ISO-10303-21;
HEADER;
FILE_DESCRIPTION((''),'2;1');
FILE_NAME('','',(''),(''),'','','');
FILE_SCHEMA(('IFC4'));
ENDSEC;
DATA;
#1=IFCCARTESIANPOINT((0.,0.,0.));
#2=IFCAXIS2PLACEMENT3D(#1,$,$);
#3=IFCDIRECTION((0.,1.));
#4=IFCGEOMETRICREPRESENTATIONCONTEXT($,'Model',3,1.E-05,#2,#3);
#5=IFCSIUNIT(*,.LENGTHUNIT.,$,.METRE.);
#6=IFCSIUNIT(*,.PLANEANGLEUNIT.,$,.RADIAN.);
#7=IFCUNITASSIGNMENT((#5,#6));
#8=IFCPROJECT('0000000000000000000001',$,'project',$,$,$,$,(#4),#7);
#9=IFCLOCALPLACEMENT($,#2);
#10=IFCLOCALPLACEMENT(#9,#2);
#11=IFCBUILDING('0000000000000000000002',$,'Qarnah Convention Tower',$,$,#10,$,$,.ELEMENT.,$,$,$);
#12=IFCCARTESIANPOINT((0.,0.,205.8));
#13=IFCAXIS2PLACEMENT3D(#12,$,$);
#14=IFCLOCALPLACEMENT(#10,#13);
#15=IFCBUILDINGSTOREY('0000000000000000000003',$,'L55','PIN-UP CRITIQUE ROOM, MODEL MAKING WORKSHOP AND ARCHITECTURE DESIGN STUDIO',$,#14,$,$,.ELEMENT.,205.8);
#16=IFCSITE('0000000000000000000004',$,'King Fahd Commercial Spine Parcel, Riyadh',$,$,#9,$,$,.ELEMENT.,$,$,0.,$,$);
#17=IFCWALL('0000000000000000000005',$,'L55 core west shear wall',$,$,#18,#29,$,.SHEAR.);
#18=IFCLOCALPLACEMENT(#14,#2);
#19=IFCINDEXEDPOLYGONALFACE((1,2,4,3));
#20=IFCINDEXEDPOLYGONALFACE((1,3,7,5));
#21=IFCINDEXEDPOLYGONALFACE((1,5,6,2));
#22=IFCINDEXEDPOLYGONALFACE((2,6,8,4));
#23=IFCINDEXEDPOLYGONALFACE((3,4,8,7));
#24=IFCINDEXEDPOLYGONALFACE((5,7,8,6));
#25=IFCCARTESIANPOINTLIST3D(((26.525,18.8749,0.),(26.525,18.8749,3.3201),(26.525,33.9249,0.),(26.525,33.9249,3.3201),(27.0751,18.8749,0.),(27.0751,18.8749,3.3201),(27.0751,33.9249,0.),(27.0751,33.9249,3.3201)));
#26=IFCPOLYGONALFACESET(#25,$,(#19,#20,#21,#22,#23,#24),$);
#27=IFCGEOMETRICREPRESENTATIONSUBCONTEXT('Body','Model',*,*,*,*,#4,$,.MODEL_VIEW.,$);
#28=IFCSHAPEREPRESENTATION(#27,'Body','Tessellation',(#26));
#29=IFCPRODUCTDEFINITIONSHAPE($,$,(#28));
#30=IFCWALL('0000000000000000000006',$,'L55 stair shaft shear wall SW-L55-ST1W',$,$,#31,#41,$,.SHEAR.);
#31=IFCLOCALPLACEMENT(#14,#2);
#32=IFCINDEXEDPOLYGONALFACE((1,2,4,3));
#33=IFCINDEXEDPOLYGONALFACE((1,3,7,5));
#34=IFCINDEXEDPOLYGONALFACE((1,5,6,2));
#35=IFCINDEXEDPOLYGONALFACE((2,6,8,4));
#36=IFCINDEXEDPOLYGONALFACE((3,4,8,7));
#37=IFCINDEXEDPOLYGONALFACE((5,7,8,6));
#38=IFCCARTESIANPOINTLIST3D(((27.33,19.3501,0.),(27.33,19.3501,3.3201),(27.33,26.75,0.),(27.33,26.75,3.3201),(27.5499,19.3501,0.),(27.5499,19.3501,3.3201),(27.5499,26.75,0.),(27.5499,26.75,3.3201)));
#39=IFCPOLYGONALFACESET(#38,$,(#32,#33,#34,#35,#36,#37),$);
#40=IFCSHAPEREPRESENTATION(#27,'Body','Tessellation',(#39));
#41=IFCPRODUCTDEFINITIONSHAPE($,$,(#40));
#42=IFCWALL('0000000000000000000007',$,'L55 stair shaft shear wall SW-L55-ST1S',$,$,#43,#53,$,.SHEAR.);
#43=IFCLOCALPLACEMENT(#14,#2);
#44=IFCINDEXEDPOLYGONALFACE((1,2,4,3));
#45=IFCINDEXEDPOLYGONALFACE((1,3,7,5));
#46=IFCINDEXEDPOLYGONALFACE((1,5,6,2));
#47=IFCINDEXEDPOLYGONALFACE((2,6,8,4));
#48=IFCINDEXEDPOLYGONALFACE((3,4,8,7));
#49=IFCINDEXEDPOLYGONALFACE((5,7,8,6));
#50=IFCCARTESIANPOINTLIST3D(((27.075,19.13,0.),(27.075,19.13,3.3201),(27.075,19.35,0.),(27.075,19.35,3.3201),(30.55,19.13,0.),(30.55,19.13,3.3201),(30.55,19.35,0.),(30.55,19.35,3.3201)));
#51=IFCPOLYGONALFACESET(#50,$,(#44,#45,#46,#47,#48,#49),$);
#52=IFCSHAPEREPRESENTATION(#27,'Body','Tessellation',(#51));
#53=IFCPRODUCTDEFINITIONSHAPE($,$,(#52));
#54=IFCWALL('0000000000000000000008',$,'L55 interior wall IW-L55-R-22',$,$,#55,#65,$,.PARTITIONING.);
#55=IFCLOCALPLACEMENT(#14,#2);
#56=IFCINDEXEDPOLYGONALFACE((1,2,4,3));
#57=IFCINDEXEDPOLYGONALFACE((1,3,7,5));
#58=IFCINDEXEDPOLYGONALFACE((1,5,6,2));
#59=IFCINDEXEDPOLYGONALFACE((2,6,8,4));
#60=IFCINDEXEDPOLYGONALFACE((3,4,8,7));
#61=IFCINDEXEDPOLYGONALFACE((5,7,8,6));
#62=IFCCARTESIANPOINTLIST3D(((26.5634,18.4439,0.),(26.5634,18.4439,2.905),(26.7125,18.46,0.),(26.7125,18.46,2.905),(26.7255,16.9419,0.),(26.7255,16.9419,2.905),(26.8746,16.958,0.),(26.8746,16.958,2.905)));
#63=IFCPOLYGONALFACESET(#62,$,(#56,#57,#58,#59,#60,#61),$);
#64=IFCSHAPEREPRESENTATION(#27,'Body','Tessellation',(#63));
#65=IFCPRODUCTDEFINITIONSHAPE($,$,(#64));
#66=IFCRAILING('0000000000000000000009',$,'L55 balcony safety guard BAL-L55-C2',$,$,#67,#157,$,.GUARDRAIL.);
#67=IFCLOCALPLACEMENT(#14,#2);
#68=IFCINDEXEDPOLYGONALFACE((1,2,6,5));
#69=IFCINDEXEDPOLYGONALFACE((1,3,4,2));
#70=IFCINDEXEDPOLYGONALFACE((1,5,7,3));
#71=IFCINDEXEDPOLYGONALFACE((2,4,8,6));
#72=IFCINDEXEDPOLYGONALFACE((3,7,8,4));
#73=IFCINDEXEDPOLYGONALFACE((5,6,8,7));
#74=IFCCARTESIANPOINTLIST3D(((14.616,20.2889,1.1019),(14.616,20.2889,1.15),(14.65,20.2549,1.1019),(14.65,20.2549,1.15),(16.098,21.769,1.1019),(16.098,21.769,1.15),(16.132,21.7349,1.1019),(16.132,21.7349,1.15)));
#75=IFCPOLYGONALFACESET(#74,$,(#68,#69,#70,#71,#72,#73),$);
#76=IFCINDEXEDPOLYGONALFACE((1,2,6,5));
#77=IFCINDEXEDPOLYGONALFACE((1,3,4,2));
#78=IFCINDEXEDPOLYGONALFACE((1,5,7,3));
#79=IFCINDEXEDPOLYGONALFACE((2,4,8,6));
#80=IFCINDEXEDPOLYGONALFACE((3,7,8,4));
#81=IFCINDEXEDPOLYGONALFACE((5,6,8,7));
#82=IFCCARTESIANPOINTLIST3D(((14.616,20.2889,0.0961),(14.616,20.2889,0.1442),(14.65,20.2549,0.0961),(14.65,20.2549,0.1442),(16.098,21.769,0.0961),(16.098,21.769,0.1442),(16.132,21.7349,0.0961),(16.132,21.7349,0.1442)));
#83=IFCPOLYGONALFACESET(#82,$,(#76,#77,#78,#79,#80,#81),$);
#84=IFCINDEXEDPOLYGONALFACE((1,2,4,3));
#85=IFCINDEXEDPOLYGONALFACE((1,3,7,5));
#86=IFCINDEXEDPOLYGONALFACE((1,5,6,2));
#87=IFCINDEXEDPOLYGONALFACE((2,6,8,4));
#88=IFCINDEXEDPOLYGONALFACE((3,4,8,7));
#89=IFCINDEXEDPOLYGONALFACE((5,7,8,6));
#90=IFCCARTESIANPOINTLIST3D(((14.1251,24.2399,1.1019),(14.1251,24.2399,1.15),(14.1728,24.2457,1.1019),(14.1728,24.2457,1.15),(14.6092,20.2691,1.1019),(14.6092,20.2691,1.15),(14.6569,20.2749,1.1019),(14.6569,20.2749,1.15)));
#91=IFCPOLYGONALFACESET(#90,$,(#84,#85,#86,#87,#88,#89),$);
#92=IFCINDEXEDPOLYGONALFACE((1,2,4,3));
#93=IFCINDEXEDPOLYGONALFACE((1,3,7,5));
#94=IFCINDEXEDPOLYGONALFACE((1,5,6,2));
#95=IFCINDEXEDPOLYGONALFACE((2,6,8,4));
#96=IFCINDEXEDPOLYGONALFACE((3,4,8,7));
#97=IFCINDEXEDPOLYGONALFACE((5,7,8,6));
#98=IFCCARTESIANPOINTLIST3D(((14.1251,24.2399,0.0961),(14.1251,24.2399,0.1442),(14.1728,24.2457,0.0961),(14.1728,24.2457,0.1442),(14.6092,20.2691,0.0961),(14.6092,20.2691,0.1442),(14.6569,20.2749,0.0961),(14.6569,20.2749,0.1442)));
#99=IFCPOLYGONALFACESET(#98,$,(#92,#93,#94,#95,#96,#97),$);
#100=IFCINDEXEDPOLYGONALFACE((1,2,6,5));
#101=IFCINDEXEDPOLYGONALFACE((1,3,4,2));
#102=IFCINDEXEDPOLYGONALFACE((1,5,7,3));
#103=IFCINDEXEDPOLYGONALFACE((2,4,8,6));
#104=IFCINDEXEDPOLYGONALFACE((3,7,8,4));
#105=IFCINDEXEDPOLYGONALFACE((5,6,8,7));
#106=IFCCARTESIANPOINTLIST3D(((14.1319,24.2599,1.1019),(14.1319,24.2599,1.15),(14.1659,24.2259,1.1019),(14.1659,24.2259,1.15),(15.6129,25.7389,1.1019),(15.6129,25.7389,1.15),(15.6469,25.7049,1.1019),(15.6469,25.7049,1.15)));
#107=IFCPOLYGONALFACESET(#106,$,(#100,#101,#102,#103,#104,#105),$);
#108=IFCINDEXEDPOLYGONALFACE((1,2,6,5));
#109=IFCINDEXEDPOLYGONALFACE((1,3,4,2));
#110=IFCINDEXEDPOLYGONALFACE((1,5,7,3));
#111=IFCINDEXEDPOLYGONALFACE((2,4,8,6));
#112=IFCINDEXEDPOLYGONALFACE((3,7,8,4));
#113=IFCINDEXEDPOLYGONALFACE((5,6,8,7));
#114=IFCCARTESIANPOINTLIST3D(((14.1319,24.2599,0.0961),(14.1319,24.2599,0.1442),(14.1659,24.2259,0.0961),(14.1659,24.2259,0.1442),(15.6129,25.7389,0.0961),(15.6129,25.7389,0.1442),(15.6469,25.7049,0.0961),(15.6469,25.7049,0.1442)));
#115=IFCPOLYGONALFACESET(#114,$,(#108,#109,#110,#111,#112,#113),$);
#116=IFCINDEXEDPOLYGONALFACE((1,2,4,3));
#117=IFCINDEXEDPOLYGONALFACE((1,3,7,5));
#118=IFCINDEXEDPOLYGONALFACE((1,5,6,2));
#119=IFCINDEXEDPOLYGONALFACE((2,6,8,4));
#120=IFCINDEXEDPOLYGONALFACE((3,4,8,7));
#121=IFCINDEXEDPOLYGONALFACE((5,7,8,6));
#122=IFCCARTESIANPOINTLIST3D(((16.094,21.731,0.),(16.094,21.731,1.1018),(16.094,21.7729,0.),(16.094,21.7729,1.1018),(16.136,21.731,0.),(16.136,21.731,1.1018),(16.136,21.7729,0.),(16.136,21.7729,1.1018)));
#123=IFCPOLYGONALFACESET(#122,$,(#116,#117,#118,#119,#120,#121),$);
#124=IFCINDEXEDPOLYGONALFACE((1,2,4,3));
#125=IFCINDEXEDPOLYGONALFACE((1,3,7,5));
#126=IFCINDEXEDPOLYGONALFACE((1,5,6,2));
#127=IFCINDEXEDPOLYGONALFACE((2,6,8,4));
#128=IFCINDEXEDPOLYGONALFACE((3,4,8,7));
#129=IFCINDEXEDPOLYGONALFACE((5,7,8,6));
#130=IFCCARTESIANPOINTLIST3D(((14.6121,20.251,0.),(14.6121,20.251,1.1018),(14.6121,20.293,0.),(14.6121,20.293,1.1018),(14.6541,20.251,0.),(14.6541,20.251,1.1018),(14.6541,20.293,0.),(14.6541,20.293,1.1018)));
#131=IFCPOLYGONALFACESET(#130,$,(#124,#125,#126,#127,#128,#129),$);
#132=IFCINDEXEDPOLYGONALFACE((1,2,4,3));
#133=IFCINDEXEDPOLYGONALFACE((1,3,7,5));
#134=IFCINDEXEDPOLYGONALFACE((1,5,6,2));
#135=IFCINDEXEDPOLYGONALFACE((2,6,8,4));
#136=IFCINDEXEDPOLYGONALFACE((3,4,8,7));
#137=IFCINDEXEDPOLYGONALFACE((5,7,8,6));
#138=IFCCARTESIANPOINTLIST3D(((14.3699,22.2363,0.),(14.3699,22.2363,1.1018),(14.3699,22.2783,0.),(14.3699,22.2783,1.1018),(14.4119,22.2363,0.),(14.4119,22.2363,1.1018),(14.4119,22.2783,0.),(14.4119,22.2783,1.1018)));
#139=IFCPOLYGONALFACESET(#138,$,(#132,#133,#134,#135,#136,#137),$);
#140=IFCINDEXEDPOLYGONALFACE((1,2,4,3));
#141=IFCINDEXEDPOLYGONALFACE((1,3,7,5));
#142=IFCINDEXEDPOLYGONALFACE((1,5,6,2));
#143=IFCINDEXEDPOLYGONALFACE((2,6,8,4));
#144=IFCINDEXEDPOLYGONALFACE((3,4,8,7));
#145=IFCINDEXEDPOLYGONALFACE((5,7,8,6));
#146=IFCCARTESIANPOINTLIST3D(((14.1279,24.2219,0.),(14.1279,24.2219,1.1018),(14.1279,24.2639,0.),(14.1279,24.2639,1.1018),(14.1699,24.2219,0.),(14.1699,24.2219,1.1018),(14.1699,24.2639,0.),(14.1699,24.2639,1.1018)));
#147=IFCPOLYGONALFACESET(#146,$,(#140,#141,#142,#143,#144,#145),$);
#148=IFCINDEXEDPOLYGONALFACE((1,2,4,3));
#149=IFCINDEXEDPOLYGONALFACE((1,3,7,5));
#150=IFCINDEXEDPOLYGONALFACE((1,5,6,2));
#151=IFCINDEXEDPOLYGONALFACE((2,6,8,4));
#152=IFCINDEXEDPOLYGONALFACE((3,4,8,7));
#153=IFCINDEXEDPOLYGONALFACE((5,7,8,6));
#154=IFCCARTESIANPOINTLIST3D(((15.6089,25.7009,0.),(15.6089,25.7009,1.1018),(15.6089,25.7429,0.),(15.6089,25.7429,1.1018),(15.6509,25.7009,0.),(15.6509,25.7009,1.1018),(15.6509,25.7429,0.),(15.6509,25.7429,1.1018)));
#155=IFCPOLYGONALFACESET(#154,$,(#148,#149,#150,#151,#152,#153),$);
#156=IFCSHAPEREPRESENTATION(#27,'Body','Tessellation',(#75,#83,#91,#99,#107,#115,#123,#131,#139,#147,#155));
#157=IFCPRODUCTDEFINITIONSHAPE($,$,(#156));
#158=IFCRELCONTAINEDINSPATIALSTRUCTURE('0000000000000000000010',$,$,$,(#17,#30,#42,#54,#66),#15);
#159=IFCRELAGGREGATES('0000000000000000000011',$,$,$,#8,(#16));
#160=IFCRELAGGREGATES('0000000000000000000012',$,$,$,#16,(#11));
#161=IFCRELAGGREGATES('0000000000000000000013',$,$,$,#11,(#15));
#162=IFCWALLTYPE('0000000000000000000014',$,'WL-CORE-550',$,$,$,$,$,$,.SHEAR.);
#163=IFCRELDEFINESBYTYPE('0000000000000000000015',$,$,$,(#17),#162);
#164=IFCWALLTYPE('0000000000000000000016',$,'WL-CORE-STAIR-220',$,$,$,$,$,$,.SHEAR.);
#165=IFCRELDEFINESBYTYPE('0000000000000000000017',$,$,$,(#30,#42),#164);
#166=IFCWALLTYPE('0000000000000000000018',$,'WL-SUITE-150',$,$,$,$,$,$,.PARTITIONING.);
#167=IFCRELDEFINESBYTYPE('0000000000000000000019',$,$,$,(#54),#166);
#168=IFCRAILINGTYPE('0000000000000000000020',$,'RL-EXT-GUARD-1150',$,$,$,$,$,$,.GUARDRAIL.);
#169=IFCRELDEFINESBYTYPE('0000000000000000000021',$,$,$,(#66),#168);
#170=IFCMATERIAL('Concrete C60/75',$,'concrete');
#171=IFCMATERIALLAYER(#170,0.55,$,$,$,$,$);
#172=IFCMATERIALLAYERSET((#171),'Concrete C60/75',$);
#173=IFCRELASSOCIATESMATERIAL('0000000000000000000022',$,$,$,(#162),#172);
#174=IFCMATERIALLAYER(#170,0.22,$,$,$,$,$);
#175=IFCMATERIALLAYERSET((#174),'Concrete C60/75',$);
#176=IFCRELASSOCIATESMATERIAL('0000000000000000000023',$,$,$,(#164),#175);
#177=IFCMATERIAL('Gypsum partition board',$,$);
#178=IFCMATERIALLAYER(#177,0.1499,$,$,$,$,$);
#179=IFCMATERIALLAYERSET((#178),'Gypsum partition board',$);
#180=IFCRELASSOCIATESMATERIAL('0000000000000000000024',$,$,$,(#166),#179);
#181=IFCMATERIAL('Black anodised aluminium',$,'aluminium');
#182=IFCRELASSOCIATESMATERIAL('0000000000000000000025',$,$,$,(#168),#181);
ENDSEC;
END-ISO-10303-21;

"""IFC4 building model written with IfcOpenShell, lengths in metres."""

from ifc_helpers import new_model, si_unit, direction, frame, frame_2d, origin, origin_2d, place, context, subcontext, project, spatial, rectangle, extrude, material, layer, layer_set, type_object, element, save


model = new_model("IFC4")

# Units and contexts
model_context = context("Model", 3, precision=1e-05, world=origin(), true_north=direction((0.0, 1.0)))
body_context = subcontext(model_context, "Body", "Model", "MODEL_VIEW")
ifc_project = project(units=[si_unit("LENGTHUNIT", "METRE"), si_unit("PLANEANGLEUNIT", "RADIAN")], contexts=[model_context])

# Site, building, storey
site_placement = place(None, origin())
site = spatial("IfcSite", under=ifc_project, at=site_placement, Name="King Fahd Commercial Spine Parcel, Riyadh", CompositionType="ELEMENT", RefElevation=0.0)
building_placement = place(site_placement, origin())
building = spatial("IfcBuilding", under=site, at=building_placement, Name="Qarnah Convention Tower", CompositionType="ELEMENT")
storey_placement = place(building_placement, frame((0.0, 0.0, 205.8)))
storey = spatial("IfcBuildingStorey", under=building, at=storey_placement, Name="L55", Description="PIN-UP CRITIQUE ROOM, MODEL MAKING WORKSHOP AND ARCHITECTURE DESIGN STUDIO", CompositionType="ELEMENT", Elevation=205.8)

# Shared definitions
ifc_material_1 = material(Name="Black anodised aluminium", Category="aluminium")

# Shared definitions
ifc_material_2 = material(Name="Concrete C60/75", Category="concrete")
ifc_layer_1 = layer(ifc_material_2, 0.55)
ifc_layer_set_1 = layer_set([ifc_layer_1], Name="Concrete C60/75")
wall_type_1 = type_object("IfcWallType", Name="WL-CORE-550", PredefinedType="SHEAR", material=ifc_layer_set_1)

# Walls
wall_1_placement = place(storey_placement, frame((26.8, 18.875, 0.0), z_axis=(0.0, 0.0, 1.0), x_axis=(0.0, 1.0, 0.0)))
element("IfcWall", 1, at=wall_1_placement, inside=storey, type_object=wall_type_1, Name="L55 core west shear wall", PredefinedType="SHEAR", context=body_context, shape_type="SweptSolid", body=[
    extrude(rectangle(XDim=15.05, YDim=0.55, at=frame_2d((7.5249, 0.0))), origin(), (0.0, 0.0, 1.0), 3.3201),
])
ifc_layer_2 = layer(ifc_material_2, 0.22)
ifc_layer_set_2 = layer_set([ifc_layer_2], Name="Concrete C60/75")
wall_type_2 = type_object("IfcWallType", Name="WL-CORE-STAIR-220", PredefinedType="SHEAR", material=ifc_layer_set_2)
wall_2_placement = place(storey_placement, frame((27.4399, 19.3501, 0.0), z_axis=(0.0, 0.0, 1.0), x_axis=(0.0, 1.0, 0.0)))
element("IfcWall", 2, at=wall_2_placement, inside=storey, type_object=wall_type_2, Name="L55 stair shaft shear wall SW-L55-ST1W", PredefinedType="SHEAR", context=body_context, shape_type="SweptSolid", body=[
    extrude(rectangle(XDim=7.3999, YDim=0.22, at=frame_2d((3.7, 0.0))), origin(), (0.0, 0.0, 1.0), 3.3201),
])
wall_3_placement = place(storey_placement, frame((27.075, 19.24, 0.0), z_axis=(0.0, 0.0, 1.0), x_axis=(1.0, 0.0, 0.0)))
element("IfcWall", 3, at=wall_3_placement, inside=storey, type_object=wall_type_2, Name="L55 stair shaft shear wall SW-L55-ST1S", PredefinedType="SHEAR", context=body_context, shape_type="SweptSolid", body=[
    extrude(rectangle(XDim=3.4751, YDim=0.22, at=frame_2d((1.7375, 0.0))), origin(), (0.0, 0.0, 1.0), 3.3201),
])

# Shared definitions
ifc_material_3 = material(Name="Gypsum partition board")
ifc_layer_3 = layer(ifc_material_3, 0.1499)
ifc_layer_set_3 = layer_set([ifc_layer_3], Name="Gypsum partition board")
wall_type_3 = type_object("IfcWallType", Name="WL-SUITE-150", PredefinedType="PARTITIONING", material=ifc_layer_set_3)

# Wall
wall_4_placement = place(storey_placement, frame((26.8, 16.95, 0.0), z_axis=(0.0, 0.0, 1.0), x_axis=(-0.107309, 0.994226, 0.0)))
element("IfcWall", 4, at=wall_4_placement, inside=storey, type_object=wall_type_3, Name="L55 interior wall IW-L55-R-22", PredefinedType="PARTITIONING", context=body_context, shape_type="SweptSolid", body=[
    extrude(rectangle(XDim=1.5107, YDim=0.1499, at=frame_2d((0.7554, 0.0))), origin(), (0.0, 0.0, 1.0), 2.905),
])

# Railing
railing_type = type_object("IfcRailingType", Name="RL-EXT-GUARD-1150", PredefinedType="GUARDRAIL", material=ifc_material_1)
railing_placement = place(storey_placement, frame((16.115, 21.752, 0.0)))
element("IfcRailing", 5, at=railing_placement, inside=storey, type_object=railing_type, Name="L55 balcony safety guard BAL-L55-C2", PredefinedType="GUARDRAIL", context=body_context, shape_type="SweptSolid", body=[
    extrude(rectangle(XDim=0.0481, YDim=0.0481, at=origin_2d()), frame((0.0, 0.0, 1.126), z_axis=(-0.707573, -0.70664, 0.0), x_axis=(0.70664, -0.707573, 0.0)), (0.0, 0.0, 1.0), 2.0945),
    extrude(rectangle(XDim=0.0481, YDim=0.0481, at=origin_2d()), frame((0.0, 0.0, 0.1201), z_axis=(-0.707573, -0.70664, 0.0), x_axis=(0.70664, -0.707573, 0.0)), (0.0, 0.0, 1.0), 2.0945),
    extrude(rectangle(XDim=0.0481, YDim=0.0481, at=origin_2d()), frame((-1.4819, -1.48, 1.126), z_axis=(-0.121022, 0.99265, 0.0), x_axis=(-0.99265, -0.121022, 0.0)), (0.0, 0.0, 1.0), 4.0002),
    extrude(rectangle(XDim=0.0481, YDim=0.0481, at=origin_2d()), frame((-1.4819, -1.48, 0.1201), z_axis=(-0.121022, 0.99265, 0.0), x_axis=(-0.99265, -0.121022, 0.0)), (0.0, 0.0, 1.0), 4.0002),
    extrude(rectangle(XDim=0.0481, YDim=0.0481, at=origin_2d()), frame((-1.9661, 2.491, 1.126), z_axis=(0.707573, 0.70664, 0.0), x_axis=(-0.70664, 0.707573, 0.0)), (0.0, 0.0, 1.0), 2.093),
    extrude(rectangle(XDim=0.0481, YDim=0.0481, at=origin_2d()), frame((-1.9661, 2.491, 0.1201), z_axis=(0.707573, 0.70664, 0.0), x_axis=(-0.70664, 0.707573, 0.0)), (0.0, 0.0, 1.0), 2.093),
    extrude(rectangle(XDim=0.042, YDim=0.042, at=origin_2d()), origin(), (0.0, 0.0, 1.0), 1.1018),
    extrude(rectangle(XDim=0.042, YDim=0.042, at=origin_2d()), frame((-1.4819, -1.48, 0.0)), (0.0, 0.0, 1.0), 1.1018),
    extrude(rectangle(XDim=0.042, YDim=0.042, at=origin_2d()), frame((-1.7241, 0.5054, 0.0)), (0.0, 0.0, 1.0), 1.1018),
    extrude(rectangle(XDim=0.042, YDim=0.042, at=origin_2d()), frame((-1.9661, 2.491, 0.0)), (0.0, 0.0, 1.0), 1.1018),
    extrude(rectangle(XDim=0.042, YDim=0.042, at=origin_2d()), frame((-0.4851, 3.97, 0.0)), (0.0, 0.0, 1.0), 1.1018),
])

save(model, "model.ifc")
